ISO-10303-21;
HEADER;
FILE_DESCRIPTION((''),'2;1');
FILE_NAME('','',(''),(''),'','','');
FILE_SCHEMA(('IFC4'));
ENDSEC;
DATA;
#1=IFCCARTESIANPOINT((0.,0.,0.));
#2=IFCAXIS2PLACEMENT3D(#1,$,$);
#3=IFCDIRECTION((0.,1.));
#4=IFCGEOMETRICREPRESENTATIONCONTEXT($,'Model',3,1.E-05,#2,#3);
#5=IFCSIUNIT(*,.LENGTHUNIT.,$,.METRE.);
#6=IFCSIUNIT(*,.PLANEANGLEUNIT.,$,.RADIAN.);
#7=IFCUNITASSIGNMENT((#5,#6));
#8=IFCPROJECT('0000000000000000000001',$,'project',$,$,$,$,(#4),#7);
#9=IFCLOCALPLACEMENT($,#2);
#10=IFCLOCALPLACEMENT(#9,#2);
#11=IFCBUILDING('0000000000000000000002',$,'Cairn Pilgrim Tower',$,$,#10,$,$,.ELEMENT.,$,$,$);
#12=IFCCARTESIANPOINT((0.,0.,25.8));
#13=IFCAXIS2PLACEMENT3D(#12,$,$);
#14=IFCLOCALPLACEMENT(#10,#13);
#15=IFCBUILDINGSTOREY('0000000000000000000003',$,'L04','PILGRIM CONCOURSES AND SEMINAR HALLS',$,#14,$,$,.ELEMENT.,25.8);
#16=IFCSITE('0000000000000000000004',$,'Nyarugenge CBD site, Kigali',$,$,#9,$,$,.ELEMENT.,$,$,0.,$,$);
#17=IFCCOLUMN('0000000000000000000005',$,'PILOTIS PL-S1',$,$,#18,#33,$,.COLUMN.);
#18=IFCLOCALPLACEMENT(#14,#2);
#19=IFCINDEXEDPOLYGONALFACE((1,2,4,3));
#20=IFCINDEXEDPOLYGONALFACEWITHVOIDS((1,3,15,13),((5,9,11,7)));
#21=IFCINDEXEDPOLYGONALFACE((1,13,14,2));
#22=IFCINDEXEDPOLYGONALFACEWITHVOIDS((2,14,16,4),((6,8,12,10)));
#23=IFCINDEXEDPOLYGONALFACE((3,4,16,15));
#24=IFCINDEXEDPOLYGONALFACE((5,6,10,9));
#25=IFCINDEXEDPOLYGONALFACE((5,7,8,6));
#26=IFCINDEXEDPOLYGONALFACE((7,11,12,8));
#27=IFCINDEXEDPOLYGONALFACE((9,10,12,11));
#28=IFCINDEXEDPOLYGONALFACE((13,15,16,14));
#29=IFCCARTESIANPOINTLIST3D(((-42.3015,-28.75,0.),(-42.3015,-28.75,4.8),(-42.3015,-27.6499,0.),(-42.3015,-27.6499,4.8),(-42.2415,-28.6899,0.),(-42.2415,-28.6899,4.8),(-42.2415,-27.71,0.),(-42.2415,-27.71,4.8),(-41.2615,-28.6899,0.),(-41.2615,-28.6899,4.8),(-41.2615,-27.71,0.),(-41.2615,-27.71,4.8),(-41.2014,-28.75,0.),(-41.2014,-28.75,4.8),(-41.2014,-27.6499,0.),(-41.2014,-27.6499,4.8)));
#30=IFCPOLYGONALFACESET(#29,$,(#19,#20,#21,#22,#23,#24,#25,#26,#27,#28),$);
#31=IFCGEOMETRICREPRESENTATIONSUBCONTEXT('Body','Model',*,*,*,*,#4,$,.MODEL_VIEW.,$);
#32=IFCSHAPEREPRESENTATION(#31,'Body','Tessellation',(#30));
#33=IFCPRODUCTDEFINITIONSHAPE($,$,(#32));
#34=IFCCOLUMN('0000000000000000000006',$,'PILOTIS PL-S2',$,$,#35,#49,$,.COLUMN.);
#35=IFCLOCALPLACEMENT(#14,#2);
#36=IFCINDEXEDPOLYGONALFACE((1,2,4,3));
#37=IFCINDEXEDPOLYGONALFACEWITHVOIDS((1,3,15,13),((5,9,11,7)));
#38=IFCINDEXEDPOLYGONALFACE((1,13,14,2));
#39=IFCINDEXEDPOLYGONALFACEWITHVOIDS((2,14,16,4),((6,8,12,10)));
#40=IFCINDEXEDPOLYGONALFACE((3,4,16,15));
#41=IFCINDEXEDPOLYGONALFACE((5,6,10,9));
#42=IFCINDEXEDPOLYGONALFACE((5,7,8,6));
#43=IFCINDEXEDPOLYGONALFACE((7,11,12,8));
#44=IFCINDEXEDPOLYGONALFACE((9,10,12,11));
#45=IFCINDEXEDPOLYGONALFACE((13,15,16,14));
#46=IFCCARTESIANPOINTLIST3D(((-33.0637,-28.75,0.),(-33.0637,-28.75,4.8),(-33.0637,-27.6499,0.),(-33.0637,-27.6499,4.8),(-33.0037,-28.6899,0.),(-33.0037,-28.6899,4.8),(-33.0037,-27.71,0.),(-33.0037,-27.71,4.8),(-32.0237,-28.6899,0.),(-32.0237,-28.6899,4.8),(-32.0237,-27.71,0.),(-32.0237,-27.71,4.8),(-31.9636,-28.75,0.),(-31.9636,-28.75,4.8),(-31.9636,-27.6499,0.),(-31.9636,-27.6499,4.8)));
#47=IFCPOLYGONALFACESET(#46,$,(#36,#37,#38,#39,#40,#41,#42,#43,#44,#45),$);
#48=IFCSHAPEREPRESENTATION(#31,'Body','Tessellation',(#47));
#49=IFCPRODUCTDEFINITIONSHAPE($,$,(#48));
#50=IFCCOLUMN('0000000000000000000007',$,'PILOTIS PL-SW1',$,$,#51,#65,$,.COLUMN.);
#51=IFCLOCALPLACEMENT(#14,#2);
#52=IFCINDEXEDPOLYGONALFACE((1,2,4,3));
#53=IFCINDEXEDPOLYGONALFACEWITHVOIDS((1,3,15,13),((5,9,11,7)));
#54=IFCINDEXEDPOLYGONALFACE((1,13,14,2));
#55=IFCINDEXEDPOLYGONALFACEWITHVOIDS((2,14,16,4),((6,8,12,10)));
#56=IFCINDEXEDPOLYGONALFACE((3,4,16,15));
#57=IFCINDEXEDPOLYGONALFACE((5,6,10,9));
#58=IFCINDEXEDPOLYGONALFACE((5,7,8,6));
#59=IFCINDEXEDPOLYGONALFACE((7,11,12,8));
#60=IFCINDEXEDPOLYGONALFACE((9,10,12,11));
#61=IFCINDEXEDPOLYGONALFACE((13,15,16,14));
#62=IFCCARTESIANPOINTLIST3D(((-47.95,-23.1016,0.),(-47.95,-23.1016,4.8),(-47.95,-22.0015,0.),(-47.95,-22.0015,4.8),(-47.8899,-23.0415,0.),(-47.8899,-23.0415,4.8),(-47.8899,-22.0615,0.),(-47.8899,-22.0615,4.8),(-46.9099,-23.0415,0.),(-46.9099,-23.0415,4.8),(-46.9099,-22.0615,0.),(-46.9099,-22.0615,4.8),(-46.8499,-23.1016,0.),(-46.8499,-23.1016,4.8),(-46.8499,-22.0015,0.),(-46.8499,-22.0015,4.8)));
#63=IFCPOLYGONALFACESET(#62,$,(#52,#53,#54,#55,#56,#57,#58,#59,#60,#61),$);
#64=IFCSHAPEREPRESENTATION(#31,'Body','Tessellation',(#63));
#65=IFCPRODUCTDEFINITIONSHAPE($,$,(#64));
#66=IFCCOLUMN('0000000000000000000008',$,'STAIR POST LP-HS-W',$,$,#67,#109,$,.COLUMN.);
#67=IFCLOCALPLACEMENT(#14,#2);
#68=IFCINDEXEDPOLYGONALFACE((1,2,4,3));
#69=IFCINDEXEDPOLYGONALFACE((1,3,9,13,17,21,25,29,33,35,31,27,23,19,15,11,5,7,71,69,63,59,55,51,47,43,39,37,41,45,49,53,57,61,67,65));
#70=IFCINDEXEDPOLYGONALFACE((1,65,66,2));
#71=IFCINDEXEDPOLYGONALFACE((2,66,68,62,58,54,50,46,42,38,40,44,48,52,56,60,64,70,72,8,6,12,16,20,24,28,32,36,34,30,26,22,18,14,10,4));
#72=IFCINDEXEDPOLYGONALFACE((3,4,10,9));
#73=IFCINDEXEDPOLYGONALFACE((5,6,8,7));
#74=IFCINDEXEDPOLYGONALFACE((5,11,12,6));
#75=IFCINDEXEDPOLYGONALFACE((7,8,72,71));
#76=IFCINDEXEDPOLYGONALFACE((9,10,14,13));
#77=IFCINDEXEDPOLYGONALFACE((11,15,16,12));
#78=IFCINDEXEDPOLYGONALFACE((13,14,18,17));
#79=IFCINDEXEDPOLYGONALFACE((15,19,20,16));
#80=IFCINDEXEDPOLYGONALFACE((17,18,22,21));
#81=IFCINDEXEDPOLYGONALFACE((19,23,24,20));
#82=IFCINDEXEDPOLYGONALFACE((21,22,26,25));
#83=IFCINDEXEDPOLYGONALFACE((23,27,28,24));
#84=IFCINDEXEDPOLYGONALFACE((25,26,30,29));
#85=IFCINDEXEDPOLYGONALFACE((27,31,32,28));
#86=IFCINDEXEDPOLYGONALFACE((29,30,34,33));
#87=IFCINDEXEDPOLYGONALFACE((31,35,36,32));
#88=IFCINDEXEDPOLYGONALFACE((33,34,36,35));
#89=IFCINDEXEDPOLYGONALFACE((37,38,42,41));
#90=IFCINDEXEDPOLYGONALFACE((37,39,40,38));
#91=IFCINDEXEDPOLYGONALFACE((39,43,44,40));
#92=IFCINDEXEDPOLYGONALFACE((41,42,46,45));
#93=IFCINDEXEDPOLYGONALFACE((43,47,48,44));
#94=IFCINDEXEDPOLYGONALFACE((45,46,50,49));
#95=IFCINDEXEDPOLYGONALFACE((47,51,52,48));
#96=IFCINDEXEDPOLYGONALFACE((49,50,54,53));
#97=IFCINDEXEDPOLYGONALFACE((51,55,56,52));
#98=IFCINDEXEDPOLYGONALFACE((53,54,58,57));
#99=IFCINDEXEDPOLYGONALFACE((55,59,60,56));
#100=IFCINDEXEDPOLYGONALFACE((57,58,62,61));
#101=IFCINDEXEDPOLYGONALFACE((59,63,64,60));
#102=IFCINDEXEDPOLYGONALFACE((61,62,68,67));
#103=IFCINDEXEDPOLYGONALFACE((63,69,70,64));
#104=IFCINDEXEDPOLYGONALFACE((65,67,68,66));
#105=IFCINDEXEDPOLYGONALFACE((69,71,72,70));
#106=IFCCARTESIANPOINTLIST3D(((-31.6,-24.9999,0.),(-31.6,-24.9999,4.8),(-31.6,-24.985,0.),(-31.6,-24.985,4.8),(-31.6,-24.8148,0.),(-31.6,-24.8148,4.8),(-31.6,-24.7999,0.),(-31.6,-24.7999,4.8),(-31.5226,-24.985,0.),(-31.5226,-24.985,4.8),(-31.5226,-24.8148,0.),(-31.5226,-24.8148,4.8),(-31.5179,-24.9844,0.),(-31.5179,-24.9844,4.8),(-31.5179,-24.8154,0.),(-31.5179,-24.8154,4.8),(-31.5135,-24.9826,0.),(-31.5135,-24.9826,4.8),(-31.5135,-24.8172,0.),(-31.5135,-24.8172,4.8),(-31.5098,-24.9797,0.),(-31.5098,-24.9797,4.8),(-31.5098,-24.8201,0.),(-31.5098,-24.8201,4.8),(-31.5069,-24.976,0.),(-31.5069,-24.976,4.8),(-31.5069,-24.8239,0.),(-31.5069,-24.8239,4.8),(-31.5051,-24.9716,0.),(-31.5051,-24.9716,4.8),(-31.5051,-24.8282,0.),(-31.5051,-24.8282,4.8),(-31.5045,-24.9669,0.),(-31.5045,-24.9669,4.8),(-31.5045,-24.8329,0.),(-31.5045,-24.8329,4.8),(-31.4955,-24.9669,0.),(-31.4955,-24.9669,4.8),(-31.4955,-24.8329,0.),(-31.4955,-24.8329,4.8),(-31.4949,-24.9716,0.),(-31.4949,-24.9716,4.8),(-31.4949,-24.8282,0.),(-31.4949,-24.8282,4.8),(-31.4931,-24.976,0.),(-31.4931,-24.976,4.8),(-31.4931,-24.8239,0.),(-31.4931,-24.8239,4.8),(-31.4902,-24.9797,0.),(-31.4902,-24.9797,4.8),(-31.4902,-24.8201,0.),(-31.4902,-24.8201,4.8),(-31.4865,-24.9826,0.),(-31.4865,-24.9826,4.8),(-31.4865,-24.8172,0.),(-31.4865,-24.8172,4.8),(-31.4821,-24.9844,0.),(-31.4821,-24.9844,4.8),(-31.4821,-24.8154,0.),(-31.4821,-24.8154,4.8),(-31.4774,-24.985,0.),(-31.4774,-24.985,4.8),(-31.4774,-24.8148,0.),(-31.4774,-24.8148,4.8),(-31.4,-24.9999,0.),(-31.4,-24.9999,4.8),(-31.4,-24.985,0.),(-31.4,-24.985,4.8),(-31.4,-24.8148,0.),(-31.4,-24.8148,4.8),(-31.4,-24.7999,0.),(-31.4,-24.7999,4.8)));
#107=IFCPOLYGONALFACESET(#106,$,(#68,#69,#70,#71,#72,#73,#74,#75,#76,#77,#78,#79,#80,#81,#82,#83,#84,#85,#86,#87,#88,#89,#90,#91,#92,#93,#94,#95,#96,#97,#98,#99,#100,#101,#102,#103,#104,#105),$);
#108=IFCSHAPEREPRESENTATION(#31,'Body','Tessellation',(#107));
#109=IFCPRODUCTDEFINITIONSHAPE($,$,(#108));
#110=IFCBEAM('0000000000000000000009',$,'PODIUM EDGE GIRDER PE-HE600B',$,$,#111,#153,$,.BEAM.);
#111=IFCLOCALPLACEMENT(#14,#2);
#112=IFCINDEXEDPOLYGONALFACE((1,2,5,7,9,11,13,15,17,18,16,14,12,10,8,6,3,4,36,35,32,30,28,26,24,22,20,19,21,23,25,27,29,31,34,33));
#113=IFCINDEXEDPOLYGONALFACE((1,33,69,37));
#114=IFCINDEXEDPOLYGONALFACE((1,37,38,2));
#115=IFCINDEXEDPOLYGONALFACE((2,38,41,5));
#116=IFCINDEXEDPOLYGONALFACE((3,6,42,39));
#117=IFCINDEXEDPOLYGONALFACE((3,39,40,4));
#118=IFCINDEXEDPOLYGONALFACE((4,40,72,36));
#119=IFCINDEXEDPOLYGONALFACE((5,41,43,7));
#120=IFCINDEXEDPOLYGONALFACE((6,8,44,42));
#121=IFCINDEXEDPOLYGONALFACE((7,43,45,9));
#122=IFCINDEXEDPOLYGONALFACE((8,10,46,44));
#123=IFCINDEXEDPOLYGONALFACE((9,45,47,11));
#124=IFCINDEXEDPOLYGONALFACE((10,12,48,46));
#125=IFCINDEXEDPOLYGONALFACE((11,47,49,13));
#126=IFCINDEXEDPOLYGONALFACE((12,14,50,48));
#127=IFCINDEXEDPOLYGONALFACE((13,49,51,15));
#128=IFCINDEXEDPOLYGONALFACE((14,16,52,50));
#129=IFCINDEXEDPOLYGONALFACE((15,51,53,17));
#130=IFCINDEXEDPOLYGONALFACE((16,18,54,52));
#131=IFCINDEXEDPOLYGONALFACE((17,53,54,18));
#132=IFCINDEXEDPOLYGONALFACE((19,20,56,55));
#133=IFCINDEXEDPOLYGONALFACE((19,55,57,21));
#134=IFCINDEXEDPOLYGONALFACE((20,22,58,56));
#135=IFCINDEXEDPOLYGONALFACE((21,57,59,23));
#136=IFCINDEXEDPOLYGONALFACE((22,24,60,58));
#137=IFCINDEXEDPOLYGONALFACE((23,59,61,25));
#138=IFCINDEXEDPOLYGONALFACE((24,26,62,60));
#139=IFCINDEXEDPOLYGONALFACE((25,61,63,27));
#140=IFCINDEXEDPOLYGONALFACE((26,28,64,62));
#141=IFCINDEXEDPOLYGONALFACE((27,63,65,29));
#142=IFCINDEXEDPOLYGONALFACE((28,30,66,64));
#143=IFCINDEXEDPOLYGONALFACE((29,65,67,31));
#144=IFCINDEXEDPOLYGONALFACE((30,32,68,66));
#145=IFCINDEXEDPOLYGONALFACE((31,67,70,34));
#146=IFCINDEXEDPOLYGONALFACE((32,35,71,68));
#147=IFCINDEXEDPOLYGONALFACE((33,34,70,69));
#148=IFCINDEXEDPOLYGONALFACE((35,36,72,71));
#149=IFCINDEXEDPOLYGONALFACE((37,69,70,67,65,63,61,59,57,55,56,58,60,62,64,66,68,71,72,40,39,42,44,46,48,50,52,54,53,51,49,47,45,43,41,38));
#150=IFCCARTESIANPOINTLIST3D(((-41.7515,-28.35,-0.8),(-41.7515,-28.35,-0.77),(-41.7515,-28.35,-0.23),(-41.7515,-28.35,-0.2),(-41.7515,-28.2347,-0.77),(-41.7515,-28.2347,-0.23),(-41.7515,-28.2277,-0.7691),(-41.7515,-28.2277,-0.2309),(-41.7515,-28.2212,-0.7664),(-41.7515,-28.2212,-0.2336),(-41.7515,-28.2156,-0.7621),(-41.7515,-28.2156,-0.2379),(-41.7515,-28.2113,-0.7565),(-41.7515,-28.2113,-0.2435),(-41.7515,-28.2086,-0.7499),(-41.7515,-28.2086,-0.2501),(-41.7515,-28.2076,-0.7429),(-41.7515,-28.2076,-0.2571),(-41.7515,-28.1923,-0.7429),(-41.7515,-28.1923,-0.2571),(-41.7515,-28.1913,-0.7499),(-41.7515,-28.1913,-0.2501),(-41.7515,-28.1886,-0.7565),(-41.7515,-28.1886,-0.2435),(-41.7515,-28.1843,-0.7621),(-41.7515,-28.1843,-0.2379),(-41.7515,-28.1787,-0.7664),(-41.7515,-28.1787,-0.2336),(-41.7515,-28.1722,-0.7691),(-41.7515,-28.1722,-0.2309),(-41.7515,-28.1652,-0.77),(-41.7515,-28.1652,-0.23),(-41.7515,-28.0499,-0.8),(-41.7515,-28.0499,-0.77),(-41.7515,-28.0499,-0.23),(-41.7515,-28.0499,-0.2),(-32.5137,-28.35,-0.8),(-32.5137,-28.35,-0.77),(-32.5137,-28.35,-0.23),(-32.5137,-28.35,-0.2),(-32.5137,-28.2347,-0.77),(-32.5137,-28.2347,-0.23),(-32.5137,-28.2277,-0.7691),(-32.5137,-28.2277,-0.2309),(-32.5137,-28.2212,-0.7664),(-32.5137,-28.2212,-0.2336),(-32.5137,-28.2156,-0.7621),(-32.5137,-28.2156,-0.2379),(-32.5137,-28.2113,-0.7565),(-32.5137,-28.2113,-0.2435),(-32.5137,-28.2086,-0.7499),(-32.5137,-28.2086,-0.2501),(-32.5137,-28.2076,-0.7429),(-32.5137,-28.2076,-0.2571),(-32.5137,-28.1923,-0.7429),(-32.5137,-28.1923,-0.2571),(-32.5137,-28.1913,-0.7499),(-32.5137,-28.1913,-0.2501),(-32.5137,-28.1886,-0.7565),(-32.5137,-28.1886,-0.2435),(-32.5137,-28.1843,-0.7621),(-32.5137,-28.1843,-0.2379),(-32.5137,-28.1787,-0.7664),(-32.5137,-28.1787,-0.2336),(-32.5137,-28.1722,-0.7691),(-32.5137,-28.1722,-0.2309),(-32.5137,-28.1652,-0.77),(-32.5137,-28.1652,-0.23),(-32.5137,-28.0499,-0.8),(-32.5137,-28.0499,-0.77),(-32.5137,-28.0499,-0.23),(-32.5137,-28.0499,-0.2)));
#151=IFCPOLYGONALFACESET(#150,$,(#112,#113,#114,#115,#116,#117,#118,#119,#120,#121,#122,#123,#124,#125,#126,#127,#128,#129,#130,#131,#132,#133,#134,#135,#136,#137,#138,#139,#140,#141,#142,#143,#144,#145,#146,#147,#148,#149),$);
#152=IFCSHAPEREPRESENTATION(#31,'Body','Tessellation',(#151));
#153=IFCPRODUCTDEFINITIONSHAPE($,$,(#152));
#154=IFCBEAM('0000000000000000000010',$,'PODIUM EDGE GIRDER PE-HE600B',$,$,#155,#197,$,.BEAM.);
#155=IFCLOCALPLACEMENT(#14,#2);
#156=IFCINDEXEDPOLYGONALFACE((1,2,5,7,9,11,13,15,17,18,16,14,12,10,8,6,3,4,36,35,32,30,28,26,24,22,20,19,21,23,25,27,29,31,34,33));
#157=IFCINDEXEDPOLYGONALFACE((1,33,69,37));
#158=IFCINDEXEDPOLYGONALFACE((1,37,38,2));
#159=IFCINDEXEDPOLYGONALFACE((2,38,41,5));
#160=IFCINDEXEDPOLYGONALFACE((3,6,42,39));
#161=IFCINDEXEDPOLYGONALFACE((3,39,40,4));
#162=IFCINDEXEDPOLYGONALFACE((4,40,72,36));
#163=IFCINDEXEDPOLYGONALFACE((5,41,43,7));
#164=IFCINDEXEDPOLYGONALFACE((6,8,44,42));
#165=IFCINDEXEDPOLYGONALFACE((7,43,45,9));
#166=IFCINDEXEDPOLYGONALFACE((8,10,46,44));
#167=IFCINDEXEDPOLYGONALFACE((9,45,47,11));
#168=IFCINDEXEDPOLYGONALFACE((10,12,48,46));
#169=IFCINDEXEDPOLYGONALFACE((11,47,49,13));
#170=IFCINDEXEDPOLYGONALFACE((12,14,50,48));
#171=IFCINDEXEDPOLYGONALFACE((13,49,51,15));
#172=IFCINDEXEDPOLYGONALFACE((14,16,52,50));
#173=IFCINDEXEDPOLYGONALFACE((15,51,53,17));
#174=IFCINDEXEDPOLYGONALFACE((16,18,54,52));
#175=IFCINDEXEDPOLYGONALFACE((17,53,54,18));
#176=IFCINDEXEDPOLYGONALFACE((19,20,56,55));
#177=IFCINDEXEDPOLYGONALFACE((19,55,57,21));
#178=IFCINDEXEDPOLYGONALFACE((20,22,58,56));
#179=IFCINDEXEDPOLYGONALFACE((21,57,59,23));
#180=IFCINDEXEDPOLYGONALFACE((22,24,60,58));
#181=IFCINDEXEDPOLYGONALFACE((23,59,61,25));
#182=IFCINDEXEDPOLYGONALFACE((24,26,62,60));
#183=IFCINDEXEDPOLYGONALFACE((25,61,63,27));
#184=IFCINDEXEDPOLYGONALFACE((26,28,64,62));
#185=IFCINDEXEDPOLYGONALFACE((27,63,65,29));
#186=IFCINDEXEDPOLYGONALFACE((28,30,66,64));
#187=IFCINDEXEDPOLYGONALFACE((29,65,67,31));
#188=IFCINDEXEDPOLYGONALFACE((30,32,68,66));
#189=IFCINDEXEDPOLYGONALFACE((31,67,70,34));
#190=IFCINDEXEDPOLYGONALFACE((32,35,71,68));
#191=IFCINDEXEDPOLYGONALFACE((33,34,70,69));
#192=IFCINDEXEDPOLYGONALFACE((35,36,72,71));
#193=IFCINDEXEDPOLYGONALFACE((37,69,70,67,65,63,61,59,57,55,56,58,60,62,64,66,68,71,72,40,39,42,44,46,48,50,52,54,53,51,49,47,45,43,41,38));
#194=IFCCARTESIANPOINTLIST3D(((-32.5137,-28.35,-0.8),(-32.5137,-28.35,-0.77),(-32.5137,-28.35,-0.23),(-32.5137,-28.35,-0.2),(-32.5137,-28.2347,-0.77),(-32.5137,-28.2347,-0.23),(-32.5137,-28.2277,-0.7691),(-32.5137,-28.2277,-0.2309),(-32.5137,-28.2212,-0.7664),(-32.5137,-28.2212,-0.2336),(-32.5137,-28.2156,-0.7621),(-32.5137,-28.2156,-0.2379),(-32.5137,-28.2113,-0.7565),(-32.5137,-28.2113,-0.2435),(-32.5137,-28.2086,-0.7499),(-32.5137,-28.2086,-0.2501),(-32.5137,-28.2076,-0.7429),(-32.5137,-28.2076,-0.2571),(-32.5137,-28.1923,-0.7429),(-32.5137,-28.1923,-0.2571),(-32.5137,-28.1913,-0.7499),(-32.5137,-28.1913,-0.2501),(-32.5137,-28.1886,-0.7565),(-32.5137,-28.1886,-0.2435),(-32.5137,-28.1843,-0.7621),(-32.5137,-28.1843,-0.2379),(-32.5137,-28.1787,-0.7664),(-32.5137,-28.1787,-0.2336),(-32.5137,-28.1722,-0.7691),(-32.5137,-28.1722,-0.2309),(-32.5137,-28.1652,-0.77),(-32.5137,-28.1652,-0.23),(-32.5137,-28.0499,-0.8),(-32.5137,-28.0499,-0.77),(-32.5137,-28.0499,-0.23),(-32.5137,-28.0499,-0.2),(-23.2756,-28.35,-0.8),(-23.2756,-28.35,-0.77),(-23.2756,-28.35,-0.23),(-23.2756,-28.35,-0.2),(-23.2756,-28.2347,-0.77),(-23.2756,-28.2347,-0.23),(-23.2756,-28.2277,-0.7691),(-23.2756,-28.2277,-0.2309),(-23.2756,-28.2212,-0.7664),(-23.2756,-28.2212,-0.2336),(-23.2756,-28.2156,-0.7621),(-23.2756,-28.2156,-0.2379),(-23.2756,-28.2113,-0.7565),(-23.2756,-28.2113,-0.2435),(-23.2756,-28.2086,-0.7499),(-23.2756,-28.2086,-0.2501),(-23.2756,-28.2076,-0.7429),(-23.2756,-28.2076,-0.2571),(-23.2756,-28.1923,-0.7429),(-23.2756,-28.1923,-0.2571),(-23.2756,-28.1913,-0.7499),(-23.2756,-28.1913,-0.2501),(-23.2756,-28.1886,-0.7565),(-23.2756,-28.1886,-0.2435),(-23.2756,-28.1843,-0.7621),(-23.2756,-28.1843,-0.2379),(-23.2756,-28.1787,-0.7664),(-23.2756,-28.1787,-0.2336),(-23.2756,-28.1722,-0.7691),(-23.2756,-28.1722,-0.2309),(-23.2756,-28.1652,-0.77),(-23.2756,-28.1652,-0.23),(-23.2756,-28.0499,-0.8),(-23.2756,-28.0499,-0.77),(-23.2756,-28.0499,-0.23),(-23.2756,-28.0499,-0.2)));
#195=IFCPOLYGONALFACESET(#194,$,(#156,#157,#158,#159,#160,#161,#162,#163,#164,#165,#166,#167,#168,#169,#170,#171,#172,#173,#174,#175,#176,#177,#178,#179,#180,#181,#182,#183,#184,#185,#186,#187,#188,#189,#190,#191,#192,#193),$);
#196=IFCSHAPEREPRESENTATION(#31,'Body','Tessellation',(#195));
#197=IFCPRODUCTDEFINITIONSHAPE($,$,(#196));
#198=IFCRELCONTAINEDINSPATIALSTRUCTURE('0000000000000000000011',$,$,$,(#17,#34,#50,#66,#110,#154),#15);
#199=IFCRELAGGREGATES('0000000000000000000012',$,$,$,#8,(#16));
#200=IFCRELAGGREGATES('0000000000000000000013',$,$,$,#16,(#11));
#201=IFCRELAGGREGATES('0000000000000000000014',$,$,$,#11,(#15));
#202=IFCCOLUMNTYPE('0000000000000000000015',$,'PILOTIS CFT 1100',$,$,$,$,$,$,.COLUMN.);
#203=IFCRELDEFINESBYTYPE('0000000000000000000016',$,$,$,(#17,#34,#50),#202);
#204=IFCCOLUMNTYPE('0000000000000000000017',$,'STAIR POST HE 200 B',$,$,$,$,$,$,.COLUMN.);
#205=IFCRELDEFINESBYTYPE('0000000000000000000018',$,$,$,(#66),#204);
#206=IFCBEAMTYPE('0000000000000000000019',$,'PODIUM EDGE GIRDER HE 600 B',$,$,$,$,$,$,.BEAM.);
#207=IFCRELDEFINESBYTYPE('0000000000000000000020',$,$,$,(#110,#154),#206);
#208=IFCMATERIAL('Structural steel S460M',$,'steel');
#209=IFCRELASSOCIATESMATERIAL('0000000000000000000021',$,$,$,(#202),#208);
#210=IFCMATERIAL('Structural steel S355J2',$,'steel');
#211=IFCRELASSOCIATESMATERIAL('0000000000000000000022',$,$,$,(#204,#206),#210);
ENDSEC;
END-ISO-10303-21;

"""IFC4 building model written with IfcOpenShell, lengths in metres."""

from ifc_helpers import new_model, si_unit, direction, frame, origin, origin_2d, place, context, subcontext, project, spatial, hollow_rectangle, i_section, extrude, material, material_profile, profile_set, type_object, element, save


model = new_model("IFC4")

# Units and contexts
model_context = context("Model", 3, precision=1e-05, world=origin(), true_north=direction((0.0, 1.0)))
body_context = subcontext(model_context, "Body", "Model", "MODEL_VIEW")
ifc_project = project(units=[si_unit("LENGTHUNIT", "METRE"), si_unit("PLANEANGLEUNIT", "RADIAN")], contexts=[model_context])

# Site, building, storey
site_placement = place(None, origin())
site = spatial("IfcSite", under=ifc_project, at=site_placement, Name="Nyarugenge CBD site, Kigali", CompositionType="ELEMENT", RefElevation=0.0)
building_placement = place(site_placement, origin())
building = spatial("IfcBuilding", under=site, at=building_placement, Name="Cairn Pilgrim Tower", CompositionType="ELEMENT")
storey_placement = place(building_placement, frame((0.0, 0.0, 25.8)))
storey = spatial("IfcBuildingStorey", under=building, at=storey_placement, Name="L04", Description="PILGRIM CONCOURSES AND SEMINAR HALLS", CompositionType="ELEMENT", Elevation=25.8)

# Columns
ifc_material_1 = material(Name="Structural steel S460M", Category="steel")
ifc_material_profile_1 = material_profile(ifc_material_1, hollow_rectangle(XDim=1.1001, YDim=1.1001, WallThickness=0.0601, at=origin_2d()), Name="BOX 1100x1100x60")
ifc_profile_set_1 = profile_set([ifc_material_profile_1], Name="Structural steel S460M")
column_type_1 = type_object("IfcColumnType", Name="PILOTIS CFT 1100", PredefinedType="COLUMN", material=ifc_profile_set_1)
for number, where, z_axis, x_axis, name in (
    (1, (-41.7515, -28.2, 0.0), (0.0, 0.0, 1.0), (1.0, 0.0, 0.0), "PILOTIS PL-S1"),
    (2, (-32.5137, -28.2, 0.0), (0.0, 0.0, 1.0), (1.0, 0.0, 0.0), "PILOTIS PL-S2"),
    (3, (-47.3999, -22.5515, 0.0), (0.0, 0.0, 1.0), (1.0, 0.0, 0.0), "PILOTIS PL-SW1"),
):
    element("IfcColumn", number, at=place(storey_placement, frame(where, z_axis=z_axis, x_axis=x_axis)), inside=storey, type_object=column_type_1, Name=name, PredefinedType="COLUMN", context=body_context, shape_type="SweptSolid", body=[
        extrude(hollow_rectangle(XDim=1.1001, YDim=1.1001, WallThickness=0.0601, at=origin_2d()), origin(), (0.0, 0.0, 1.0), 4.8),
    ])
ifc_material_2 = material(Name="Structural steel S355J2", Category="steel")
ifc_material_profile_2 = material_profile(ifc_material_2, i_section(OverallWidth=0.2, OverallDepth=0.2, WebThickness=0.009, FlangeThickness=0.0149, FilletRadius=0.0181, at=origin_2d()), Name="HE 200 B")
ifc_profile_set_2 = profile_set([ifc_material_profile_2], Name="Structural steel S355J2")
column_type_2 = type_object("IfcColumnType", Name="STAIR POST HE 200 B", PredefinedType="COLUMN", material=ifc_profile_set_2)
column_placement = place(storey_placement, frame((-31.5, -24.8999, 0.0), z_axis=(0.0, 0.0, 1.0), x_axis=(1.0, 0.0, 0.0)))
element("IfcColumn", 4, at=column_placement, inside=storey, type_object=column_type_2, Name="STAIR POST LP-HS-W", PredefinedType="COLUMN", context=body_context, shape_type="SweptSolid", body=[
    extrude(i_section(OverallWidth=0.2, OverallDepth=0.2, WebThickness=0.009, FlangeThickness=0.0149, FilletRadius=0.0181, at=origin_2d()), origin(), (0.0, 0.0, 1.0), 4.8),
])

# Beams
ifc_material_profile_3 = material_profile(ifc_material_2, i_section(OverallWidth=0.3, OverallDepth=0.6001, WebThickness=0.0154, FlangeThickness=0.03, FilletRadius=0.0271, at=origin_2d()), Name="HEB 600")
ifc_profile_set_3 = profile_set([ifc_material_profile_3], Name="Structural steel S355J2")
beam_type_1 = type_object("IfcBeamType", Name="PODIUM EDGE GIRDER HE 600 B", PredefinedType="BEAM", material=ifc_profile_set_3)
beam_1_placement = place(storey_placement, frame((-41.7515, -28.2, -0.5), z_axis=(1.0, 0.0, 0.0), x_axis=(0.0, 1.0, 0.0)))
element("IfcBeam", 5, at=beam_1_placement, inside=storey, type_object=beam_type_1, Name="PODIUM EDGE GIRDER PE-HE600B", PredefinedType="BEAM", context=body_context, shape_type="SweptSolid", body=[
    extrude(i_section(OverallWidth=0.3, OverallDepth=0.6001, WebThickness=0.0154, FlangeThickness=0.03, FilletRadius=0.0271, at=origin_2d()), origin(), (0.0, 0.0, 1.0), 9.2378),
])
beam_2_placement = place(storey_placement, frame((-32.5137, -28.2, -0.5), z_axis=(1.0, 0.0, 0.0), x_axis=(0.0, 1.0, 0.0)))
element("IfcBeam", 6, at=beam_2_placement, inside=storey, type_object=beam_type_1, Name="PODIUM EDGE GIRDER PE-HE600B", PredefinedType="BEAM", context=body_context, shape_type="SweptSolid", body=[
    extrude(i_section(OverallWidth=0.3, OverallDepth=0.6001, WebThickness=0.0154, FlangeThickness=0.03, FilletRadius=0.0271, at=origin_2d()), origin(), (0.0, 0.0, 1.0), 9.238),
])

save(model, "model.ifc")
